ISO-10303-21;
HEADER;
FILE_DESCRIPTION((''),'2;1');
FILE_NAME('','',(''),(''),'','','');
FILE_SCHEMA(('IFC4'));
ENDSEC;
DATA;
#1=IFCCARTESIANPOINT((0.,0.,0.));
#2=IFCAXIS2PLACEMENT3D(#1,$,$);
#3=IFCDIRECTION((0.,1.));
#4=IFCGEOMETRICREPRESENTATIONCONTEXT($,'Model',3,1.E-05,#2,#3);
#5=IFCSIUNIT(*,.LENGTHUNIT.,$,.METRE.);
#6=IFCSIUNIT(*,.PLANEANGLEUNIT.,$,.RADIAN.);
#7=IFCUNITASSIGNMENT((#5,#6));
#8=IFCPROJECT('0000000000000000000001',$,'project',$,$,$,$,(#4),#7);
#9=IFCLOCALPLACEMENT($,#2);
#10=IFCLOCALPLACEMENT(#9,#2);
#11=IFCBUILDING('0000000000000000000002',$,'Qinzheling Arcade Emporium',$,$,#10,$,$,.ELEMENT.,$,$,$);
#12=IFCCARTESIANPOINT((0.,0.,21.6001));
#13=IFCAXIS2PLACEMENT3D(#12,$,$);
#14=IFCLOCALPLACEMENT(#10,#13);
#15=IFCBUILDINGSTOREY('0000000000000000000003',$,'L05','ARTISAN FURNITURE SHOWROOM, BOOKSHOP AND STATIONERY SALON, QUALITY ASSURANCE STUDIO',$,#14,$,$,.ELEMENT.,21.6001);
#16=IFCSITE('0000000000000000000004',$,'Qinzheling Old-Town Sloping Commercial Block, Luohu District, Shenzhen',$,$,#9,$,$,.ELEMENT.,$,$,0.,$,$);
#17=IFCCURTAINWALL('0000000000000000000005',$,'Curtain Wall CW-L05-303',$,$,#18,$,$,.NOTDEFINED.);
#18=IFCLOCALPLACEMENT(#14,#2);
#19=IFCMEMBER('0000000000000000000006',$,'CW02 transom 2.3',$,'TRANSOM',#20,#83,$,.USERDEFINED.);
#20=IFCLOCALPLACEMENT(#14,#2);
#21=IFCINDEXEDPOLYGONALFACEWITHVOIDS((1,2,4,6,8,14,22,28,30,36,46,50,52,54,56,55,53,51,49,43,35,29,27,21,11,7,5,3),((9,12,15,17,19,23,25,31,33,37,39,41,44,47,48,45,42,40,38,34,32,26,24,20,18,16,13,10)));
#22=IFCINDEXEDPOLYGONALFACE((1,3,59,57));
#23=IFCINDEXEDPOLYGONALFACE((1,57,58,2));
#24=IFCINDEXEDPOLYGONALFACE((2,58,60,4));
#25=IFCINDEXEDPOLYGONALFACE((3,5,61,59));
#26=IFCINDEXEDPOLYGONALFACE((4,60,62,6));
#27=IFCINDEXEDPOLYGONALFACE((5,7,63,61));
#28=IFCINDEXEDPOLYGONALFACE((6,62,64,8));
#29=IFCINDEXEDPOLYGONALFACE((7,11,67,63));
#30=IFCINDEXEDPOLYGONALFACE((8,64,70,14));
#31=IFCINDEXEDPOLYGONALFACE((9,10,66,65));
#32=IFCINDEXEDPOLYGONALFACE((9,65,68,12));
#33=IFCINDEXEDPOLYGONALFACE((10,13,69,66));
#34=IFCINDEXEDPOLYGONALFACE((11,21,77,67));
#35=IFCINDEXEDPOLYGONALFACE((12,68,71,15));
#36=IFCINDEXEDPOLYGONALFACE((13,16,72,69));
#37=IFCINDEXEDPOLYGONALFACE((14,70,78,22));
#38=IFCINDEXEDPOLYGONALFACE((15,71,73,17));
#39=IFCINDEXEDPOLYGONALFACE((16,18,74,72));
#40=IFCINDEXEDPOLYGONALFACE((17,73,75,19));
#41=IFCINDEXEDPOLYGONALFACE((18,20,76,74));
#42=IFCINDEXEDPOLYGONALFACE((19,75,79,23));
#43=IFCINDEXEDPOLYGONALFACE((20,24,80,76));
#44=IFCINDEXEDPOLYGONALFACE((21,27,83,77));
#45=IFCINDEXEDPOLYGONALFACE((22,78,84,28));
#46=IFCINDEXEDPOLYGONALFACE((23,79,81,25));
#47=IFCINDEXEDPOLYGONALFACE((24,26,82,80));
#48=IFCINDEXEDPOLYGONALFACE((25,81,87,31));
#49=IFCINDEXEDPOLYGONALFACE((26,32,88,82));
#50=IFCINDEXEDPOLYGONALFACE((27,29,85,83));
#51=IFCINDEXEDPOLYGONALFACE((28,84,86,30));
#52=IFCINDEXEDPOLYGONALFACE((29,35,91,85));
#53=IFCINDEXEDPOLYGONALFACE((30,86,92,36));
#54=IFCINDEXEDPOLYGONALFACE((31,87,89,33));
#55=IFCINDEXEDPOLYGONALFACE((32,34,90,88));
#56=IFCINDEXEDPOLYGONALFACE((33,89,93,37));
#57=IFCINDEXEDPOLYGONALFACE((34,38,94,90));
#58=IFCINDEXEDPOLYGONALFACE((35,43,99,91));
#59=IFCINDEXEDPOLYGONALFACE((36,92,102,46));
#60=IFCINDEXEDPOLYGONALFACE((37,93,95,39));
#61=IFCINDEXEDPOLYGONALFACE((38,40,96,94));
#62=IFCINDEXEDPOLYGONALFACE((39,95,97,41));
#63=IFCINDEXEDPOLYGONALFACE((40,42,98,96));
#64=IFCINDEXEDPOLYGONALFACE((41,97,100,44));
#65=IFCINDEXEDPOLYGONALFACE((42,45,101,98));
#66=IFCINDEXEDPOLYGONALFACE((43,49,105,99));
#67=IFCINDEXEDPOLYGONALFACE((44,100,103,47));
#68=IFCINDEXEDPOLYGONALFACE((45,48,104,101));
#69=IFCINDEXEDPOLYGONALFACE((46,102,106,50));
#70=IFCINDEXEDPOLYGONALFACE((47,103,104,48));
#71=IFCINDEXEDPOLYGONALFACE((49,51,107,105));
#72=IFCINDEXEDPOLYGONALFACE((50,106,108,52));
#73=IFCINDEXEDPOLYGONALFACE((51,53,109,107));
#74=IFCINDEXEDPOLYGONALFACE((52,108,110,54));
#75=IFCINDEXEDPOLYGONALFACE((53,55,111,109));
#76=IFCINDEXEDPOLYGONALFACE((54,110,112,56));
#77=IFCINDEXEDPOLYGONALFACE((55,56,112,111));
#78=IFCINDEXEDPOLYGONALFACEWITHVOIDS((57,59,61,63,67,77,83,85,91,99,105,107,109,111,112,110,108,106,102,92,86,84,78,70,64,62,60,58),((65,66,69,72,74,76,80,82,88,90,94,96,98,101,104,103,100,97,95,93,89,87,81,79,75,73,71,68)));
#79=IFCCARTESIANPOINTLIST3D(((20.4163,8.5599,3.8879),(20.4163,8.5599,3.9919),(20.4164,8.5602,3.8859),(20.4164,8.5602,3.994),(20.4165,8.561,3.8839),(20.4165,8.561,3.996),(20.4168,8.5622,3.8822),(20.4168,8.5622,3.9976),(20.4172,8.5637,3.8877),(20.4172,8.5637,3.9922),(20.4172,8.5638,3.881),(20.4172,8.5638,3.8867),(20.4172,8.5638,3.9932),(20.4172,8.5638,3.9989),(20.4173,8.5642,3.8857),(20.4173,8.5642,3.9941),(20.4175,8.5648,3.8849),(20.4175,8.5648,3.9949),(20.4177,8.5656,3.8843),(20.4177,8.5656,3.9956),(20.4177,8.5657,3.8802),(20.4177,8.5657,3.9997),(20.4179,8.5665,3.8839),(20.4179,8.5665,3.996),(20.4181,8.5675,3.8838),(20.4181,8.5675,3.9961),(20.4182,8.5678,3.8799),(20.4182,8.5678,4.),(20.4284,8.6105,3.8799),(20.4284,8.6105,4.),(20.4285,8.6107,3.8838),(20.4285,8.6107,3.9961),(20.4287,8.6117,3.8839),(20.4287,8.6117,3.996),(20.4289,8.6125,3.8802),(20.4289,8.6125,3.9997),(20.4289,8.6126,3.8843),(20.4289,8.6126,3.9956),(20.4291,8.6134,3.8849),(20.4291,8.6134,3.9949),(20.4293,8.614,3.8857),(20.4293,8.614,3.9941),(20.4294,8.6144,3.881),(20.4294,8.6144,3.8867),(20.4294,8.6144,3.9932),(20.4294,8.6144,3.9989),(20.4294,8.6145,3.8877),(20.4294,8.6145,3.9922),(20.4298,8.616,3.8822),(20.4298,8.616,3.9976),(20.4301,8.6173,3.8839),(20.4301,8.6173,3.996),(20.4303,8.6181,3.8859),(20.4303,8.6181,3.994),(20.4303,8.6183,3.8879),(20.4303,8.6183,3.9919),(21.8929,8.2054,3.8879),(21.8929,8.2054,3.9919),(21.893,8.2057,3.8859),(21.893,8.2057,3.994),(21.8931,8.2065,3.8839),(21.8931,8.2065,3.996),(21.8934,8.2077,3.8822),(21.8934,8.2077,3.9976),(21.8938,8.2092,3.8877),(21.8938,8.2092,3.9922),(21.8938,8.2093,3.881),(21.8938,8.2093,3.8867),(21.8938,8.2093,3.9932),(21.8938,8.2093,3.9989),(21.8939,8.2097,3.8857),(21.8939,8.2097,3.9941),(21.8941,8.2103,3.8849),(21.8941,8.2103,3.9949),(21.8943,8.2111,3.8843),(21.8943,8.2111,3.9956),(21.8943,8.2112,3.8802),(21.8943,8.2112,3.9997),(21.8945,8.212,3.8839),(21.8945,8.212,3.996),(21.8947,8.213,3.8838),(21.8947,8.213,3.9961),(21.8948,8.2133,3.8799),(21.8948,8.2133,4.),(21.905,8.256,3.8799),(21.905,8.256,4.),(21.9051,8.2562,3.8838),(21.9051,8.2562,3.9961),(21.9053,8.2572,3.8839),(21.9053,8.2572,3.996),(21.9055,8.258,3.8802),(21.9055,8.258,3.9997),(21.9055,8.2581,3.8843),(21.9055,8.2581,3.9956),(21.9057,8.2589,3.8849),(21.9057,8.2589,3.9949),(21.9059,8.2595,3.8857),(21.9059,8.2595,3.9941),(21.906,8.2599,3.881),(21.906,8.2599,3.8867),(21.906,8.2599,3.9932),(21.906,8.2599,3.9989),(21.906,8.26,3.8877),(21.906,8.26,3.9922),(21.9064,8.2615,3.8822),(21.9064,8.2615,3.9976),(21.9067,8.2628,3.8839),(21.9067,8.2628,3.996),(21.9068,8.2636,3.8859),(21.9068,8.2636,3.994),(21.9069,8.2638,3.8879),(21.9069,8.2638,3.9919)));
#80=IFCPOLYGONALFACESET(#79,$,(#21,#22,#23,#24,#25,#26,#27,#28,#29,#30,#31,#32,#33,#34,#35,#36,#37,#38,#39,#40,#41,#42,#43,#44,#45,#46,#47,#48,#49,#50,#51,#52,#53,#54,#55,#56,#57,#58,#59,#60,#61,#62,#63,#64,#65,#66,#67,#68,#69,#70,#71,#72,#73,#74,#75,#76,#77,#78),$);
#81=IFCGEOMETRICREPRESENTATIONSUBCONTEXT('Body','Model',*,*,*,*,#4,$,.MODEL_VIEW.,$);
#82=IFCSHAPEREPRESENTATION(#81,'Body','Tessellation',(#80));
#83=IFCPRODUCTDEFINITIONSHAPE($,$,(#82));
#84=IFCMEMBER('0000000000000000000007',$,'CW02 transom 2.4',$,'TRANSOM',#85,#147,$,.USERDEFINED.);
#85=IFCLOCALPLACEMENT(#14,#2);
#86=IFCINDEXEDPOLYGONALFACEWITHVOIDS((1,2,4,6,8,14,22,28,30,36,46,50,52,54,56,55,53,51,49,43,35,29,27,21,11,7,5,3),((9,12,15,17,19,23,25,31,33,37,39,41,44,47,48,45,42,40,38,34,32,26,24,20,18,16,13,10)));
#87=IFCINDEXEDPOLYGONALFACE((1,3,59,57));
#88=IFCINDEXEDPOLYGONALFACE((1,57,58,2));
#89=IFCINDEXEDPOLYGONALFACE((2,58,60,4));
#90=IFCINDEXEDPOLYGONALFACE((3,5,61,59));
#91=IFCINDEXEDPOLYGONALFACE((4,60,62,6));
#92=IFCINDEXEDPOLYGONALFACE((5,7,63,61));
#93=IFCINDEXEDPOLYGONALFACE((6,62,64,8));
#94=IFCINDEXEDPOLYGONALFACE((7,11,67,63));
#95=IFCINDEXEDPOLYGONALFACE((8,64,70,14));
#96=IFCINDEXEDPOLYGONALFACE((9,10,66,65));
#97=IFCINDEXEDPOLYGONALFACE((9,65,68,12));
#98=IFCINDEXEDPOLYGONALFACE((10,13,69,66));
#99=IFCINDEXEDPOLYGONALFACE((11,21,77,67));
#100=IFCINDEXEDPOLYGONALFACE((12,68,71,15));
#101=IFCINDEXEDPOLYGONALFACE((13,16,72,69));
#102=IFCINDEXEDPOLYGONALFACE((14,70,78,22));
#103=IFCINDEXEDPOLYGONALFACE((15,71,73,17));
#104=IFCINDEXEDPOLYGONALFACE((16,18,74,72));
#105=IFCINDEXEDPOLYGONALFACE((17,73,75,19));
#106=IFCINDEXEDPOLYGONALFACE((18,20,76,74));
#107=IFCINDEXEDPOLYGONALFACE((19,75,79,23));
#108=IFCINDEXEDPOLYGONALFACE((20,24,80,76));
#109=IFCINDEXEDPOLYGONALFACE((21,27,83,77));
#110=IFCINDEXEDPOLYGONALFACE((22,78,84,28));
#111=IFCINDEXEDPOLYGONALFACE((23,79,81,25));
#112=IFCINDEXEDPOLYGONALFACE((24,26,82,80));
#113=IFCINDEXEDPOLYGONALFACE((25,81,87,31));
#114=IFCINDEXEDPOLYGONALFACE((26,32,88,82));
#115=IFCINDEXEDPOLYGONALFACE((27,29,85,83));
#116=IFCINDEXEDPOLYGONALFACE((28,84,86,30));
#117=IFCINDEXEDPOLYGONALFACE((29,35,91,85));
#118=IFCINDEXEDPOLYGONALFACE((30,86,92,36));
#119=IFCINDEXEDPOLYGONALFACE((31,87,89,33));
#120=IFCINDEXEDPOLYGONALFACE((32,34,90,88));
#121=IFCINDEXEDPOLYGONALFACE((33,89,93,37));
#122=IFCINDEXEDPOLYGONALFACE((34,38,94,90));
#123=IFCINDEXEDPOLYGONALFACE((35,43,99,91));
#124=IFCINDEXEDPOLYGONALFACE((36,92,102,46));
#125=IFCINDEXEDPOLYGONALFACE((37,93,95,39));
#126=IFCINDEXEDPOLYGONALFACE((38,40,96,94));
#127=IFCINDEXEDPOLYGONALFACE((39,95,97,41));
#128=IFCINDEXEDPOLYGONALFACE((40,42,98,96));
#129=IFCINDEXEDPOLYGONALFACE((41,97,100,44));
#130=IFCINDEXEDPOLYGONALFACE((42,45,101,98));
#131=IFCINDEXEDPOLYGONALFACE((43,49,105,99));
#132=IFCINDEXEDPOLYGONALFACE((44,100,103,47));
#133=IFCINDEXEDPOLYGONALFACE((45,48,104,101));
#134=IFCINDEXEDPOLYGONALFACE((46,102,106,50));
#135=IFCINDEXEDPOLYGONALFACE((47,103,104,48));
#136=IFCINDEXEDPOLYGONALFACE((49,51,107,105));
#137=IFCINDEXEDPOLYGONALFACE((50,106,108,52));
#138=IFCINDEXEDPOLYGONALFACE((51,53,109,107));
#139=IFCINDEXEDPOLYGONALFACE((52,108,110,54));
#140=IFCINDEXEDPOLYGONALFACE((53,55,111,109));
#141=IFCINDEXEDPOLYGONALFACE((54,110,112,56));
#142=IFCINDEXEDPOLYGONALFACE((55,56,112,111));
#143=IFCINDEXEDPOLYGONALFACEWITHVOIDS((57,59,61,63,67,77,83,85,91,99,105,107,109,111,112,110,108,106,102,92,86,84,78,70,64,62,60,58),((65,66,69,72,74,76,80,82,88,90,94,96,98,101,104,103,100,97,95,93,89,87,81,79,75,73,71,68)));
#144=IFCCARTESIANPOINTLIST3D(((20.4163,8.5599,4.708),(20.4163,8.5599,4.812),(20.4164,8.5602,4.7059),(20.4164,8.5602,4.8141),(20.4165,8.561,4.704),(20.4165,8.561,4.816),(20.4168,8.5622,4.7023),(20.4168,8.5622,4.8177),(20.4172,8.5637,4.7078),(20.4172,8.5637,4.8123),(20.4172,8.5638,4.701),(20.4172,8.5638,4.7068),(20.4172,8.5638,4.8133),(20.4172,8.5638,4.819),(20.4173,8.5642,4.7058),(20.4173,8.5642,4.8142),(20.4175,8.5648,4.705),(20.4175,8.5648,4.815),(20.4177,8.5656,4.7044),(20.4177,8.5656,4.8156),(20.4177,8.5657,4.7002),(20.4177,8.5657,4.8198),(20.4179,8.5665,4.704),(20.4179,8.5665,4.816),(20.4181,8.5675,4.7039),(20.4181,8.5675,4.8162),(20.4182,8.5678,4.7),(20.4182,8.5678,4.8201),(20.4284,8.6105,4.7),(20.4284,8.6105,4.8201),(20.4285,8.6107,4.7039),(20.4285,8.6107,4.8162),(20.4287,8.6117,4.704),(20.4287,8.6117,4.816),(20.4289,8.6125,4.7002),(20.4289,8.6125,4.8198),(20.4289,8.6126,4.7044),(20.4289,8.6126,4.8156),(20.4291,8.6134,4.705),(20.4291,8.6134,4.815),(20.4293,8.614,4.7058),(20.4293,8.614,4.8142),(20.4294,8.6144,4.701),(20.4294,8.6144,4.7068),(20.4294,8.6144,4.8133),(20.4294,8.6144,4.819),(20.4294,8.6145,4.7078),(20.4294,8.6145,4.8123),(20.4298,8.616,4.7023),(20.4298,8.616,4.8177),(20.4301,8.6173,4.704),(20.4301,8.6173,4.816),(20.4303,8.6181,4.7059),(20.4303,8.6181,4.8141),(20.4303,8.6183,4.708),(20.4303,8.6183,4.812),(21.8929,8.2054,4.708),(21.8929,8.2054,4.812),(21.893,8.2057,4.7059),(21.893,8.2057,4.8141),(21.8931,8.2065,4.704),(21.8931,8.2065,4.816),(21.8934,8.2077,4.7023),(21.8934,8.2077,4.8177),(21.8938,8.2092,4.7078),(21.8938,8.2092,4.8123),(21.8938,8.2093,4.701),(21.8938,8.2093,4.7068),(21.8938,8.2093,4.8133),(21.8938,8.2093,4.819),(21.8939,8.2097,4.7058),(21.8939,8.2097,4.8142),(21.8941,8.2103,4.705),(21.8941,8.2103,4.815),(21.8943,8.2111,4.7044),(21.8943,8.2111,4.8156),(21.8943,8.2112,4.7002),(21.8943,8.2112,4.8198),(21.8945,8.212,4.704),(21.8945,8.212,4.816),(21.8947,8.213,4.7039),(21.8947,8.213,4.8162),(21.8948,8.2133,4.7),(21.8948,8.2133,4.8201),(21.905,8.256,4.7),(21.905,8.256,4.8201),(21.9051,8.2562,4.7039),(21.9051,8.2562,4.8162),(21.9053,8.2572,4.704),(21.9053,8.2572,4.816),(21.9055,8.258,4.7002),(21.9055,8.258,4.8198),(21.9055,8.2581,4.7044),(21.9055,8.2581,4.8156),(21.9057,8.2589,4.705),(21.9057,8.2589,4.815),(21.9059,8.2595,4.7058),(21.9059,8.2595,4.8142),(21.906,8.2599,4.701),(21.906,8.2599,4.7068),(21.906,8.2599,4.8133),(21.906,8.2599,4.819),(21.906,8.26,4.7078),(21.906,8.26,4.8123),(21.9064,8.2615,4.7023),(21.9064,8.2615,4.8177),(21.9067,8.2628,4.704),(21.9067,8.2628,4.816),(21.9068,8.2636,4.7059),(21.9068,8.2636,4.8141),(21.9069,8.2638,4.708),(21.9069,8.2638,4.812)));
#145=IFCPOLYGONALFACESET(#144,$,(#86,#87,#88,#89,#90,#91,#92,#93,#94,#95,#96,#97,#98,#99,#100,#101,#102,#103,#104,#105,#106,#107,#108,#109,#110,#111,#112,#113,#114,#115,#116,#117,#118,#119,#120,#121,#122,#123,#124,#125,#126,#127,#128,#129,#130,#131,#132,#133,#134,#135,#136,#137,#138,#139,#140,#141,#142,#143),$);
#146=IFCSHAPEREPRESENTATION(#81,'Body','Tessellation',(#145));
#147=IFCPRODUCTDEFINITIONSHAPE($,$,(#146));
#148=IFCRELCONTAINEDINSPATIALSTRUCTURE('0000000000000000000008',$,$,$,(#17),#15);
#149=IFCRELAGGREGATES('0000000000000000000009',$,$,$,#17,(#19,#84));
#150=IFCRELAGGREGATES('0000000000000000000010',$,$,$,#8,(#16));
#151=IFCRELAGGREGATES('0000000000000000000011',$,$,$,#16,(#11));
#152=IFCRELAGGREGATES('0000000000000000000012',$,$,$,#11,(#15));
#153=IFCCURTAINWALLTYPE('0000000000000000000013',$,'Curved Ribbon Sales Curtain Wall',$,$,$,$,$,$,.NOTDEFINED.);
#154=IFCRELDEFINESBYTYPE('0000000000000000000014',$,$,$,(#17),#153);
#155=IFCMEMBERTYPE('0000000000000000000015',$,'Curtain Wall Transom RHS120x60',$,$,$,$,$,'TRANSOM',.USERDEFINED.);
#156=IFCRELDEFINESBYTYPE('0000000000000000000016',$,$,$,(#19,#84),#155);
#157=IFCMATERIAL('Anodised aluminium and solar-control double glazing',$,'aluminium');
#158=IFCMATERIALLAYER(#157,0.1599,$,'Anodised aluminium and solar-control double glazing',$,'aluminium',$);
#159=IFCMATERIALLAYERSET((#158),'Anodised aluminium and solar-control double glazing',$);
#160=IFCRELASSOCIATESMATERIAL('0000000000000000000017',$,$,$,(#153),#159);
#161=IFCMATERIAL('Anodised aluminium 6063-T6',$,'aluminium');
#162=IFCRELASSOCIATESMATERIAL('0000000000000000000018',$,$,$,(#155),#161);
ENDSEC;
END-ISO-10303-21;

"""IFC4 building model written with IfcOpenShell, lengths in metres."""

from ifc_helpers import new_model, si_unit, direction, frame, origin, origin_2d, place, context, subcontext, project, spatial, hollow_rectangle, extrude, material, layer, layer_set, material_profile, profile_set, type_object, element, aggregate, save


model = new_model("IFC4")

# Units and contexts
model_context = context("Model", 3, precision=1e-05, world=origin(), true_north=direction((0.0, 1.0)))
body_context = subcontext(model_context, "Body", "Model", "MODEL_VIEW")
ifc_project = project(units=[si_unit("LENGTHUNIT", "METRE"), si_unit("PLANEANGLEUNIT", "RADIAN")], contexts=[model_context])

# Site, building, storey
site_placement = place(None, origin())
site = spatial("IfcSite", under=ifc_project, at=site_placement, Name="Qinzheling Old-Town Sloping Commercial Block, Luohu District, Shenzhen", CompositionType="ELEMENT", RefElevation=0.0)
building_placement = place(site_placement, origin())
building = spatial("IfcBuilding", under=site, at=building_placement, Name="Qinzheling Arcade Emporium", CompositionType="ELEMENT")
storey_placement = place(building_placement, frame((0.0, 0.0, 21.6001)))
storey = spatial("IfcBuildingStorey", under=building, at=storey_placement, Name="L05", Description="ARTISAN FURNITURE SHOWROOM, BOOKSHOP AND STATIONERY SALON, QUALITY ASSURANCE STUDIO", CompositionType="ELEMENT", Elevation=21.6001)

# Curtain wall
ifc_material_1 = material(Name="Anodised aluminium and solar-control double glazing", Category="aluminium")
ifc_layer_1 = layer(ifc_material_1, 0.1599, Name="Anodised aluminium and solar-control double glazing", Category="aluminium")
ifc_layer_set_1 = layer_set([ifc_layer_1], Name="Anodised aluminium and solar-control double glazing")
curtain_wall_type = type_object("IfcCurtainWallType", Name="Curved Ribbon Sales Curtain Wall", PredefinedType="NOTDEFINED", material=ifc_layer_set_1)
curtain_wall_1_placement = place(storey_placement, origin())
curtain_wall_1 = element("IfcCurtainWall", 1, at=curtain_wall_1_placement, inside=storey, type_object=curtain_wall_type, Name="Curtain Wall CW-L05-303", PredefinedType="NOTDEFINED")
ifc_material_2 = material(Name="Anodised aluminium 6063-T6", Category="aluminium")

# Members
ifc_material_profile_1 = material_profile(ifc_material_2, hollow_rectangle(XDim=0.0601, YDim=0.1201, WallThickness=0.0039, InnerFilletRadius=0.0039, OuterFilletRadius=0.0081, at=origin_2d()), Name="RHS 120x60x4", Category="aluminium")
ifc_profile_set_1 = profile_set([ifc_material_profile_1], Name="Anodised aluminium 6063-T6")
member_type_1 = type_object("IfcMemberType", Name="Curtain Wall Transom RHS120x60", ElementType="TRANSOM", PredefinedType="USERDEFINED", material=ifc_profile_set_1)
member_1_placement = place(storey_placement, frame((21.8999, 8.2346, 3.9399), z_axis=(-0.97237, 0.233446, 0.0), x_axis=(-0.233446, -0.97237, 0.0)))
member_1 = element("IfcMember", 2, at=member_1_placement, type_object=member_type_1, Name="CW02 transom 2.3", ObjectType="TRANSOM", PredefinedType="USERDEFINED", context=body_context, shape_type="SweptSolid", body=[
    extrude(hollow_rectangle(XDim=0.0601, YDim=0.1201, WallThickness=0.0039, InnerFilletRadius=0.0039, OuterFilletRadius=0.0081, at=origin_2d()), origin(), (0.0, 0.0, 1.0), 1.5186),
])
member_2_placement = place(storey_placement, frame((21.8999, 8.2346, 4.76), z_axis=(-0.97237, 0.233446, 0.0), x_axis=(-0.233446, -0.97237, 0.0)))
member_2 = element("IfcMember", 3, at=member_2_placement, type_object=member_type_1, Name="CW02 transom 2.4", ObjectType="TRANSOM", PredefinedType="USERDEFINED", context=body_context, shape_type="SweptSolid", body=[
    extrude(hollow_rectangle(XDim=0.0601, YDim=0.1201, WallThickness=0.0039, InnerFilletRadius=0.0039, OuterFilletRadius=0.0081, at=origin_2d()), origin(), (0.0, 0.0, 1.0), 1.5186),
])

aggregate(curtain_wall_1, [member_1, member_2])

save(model, "model.ifc")
